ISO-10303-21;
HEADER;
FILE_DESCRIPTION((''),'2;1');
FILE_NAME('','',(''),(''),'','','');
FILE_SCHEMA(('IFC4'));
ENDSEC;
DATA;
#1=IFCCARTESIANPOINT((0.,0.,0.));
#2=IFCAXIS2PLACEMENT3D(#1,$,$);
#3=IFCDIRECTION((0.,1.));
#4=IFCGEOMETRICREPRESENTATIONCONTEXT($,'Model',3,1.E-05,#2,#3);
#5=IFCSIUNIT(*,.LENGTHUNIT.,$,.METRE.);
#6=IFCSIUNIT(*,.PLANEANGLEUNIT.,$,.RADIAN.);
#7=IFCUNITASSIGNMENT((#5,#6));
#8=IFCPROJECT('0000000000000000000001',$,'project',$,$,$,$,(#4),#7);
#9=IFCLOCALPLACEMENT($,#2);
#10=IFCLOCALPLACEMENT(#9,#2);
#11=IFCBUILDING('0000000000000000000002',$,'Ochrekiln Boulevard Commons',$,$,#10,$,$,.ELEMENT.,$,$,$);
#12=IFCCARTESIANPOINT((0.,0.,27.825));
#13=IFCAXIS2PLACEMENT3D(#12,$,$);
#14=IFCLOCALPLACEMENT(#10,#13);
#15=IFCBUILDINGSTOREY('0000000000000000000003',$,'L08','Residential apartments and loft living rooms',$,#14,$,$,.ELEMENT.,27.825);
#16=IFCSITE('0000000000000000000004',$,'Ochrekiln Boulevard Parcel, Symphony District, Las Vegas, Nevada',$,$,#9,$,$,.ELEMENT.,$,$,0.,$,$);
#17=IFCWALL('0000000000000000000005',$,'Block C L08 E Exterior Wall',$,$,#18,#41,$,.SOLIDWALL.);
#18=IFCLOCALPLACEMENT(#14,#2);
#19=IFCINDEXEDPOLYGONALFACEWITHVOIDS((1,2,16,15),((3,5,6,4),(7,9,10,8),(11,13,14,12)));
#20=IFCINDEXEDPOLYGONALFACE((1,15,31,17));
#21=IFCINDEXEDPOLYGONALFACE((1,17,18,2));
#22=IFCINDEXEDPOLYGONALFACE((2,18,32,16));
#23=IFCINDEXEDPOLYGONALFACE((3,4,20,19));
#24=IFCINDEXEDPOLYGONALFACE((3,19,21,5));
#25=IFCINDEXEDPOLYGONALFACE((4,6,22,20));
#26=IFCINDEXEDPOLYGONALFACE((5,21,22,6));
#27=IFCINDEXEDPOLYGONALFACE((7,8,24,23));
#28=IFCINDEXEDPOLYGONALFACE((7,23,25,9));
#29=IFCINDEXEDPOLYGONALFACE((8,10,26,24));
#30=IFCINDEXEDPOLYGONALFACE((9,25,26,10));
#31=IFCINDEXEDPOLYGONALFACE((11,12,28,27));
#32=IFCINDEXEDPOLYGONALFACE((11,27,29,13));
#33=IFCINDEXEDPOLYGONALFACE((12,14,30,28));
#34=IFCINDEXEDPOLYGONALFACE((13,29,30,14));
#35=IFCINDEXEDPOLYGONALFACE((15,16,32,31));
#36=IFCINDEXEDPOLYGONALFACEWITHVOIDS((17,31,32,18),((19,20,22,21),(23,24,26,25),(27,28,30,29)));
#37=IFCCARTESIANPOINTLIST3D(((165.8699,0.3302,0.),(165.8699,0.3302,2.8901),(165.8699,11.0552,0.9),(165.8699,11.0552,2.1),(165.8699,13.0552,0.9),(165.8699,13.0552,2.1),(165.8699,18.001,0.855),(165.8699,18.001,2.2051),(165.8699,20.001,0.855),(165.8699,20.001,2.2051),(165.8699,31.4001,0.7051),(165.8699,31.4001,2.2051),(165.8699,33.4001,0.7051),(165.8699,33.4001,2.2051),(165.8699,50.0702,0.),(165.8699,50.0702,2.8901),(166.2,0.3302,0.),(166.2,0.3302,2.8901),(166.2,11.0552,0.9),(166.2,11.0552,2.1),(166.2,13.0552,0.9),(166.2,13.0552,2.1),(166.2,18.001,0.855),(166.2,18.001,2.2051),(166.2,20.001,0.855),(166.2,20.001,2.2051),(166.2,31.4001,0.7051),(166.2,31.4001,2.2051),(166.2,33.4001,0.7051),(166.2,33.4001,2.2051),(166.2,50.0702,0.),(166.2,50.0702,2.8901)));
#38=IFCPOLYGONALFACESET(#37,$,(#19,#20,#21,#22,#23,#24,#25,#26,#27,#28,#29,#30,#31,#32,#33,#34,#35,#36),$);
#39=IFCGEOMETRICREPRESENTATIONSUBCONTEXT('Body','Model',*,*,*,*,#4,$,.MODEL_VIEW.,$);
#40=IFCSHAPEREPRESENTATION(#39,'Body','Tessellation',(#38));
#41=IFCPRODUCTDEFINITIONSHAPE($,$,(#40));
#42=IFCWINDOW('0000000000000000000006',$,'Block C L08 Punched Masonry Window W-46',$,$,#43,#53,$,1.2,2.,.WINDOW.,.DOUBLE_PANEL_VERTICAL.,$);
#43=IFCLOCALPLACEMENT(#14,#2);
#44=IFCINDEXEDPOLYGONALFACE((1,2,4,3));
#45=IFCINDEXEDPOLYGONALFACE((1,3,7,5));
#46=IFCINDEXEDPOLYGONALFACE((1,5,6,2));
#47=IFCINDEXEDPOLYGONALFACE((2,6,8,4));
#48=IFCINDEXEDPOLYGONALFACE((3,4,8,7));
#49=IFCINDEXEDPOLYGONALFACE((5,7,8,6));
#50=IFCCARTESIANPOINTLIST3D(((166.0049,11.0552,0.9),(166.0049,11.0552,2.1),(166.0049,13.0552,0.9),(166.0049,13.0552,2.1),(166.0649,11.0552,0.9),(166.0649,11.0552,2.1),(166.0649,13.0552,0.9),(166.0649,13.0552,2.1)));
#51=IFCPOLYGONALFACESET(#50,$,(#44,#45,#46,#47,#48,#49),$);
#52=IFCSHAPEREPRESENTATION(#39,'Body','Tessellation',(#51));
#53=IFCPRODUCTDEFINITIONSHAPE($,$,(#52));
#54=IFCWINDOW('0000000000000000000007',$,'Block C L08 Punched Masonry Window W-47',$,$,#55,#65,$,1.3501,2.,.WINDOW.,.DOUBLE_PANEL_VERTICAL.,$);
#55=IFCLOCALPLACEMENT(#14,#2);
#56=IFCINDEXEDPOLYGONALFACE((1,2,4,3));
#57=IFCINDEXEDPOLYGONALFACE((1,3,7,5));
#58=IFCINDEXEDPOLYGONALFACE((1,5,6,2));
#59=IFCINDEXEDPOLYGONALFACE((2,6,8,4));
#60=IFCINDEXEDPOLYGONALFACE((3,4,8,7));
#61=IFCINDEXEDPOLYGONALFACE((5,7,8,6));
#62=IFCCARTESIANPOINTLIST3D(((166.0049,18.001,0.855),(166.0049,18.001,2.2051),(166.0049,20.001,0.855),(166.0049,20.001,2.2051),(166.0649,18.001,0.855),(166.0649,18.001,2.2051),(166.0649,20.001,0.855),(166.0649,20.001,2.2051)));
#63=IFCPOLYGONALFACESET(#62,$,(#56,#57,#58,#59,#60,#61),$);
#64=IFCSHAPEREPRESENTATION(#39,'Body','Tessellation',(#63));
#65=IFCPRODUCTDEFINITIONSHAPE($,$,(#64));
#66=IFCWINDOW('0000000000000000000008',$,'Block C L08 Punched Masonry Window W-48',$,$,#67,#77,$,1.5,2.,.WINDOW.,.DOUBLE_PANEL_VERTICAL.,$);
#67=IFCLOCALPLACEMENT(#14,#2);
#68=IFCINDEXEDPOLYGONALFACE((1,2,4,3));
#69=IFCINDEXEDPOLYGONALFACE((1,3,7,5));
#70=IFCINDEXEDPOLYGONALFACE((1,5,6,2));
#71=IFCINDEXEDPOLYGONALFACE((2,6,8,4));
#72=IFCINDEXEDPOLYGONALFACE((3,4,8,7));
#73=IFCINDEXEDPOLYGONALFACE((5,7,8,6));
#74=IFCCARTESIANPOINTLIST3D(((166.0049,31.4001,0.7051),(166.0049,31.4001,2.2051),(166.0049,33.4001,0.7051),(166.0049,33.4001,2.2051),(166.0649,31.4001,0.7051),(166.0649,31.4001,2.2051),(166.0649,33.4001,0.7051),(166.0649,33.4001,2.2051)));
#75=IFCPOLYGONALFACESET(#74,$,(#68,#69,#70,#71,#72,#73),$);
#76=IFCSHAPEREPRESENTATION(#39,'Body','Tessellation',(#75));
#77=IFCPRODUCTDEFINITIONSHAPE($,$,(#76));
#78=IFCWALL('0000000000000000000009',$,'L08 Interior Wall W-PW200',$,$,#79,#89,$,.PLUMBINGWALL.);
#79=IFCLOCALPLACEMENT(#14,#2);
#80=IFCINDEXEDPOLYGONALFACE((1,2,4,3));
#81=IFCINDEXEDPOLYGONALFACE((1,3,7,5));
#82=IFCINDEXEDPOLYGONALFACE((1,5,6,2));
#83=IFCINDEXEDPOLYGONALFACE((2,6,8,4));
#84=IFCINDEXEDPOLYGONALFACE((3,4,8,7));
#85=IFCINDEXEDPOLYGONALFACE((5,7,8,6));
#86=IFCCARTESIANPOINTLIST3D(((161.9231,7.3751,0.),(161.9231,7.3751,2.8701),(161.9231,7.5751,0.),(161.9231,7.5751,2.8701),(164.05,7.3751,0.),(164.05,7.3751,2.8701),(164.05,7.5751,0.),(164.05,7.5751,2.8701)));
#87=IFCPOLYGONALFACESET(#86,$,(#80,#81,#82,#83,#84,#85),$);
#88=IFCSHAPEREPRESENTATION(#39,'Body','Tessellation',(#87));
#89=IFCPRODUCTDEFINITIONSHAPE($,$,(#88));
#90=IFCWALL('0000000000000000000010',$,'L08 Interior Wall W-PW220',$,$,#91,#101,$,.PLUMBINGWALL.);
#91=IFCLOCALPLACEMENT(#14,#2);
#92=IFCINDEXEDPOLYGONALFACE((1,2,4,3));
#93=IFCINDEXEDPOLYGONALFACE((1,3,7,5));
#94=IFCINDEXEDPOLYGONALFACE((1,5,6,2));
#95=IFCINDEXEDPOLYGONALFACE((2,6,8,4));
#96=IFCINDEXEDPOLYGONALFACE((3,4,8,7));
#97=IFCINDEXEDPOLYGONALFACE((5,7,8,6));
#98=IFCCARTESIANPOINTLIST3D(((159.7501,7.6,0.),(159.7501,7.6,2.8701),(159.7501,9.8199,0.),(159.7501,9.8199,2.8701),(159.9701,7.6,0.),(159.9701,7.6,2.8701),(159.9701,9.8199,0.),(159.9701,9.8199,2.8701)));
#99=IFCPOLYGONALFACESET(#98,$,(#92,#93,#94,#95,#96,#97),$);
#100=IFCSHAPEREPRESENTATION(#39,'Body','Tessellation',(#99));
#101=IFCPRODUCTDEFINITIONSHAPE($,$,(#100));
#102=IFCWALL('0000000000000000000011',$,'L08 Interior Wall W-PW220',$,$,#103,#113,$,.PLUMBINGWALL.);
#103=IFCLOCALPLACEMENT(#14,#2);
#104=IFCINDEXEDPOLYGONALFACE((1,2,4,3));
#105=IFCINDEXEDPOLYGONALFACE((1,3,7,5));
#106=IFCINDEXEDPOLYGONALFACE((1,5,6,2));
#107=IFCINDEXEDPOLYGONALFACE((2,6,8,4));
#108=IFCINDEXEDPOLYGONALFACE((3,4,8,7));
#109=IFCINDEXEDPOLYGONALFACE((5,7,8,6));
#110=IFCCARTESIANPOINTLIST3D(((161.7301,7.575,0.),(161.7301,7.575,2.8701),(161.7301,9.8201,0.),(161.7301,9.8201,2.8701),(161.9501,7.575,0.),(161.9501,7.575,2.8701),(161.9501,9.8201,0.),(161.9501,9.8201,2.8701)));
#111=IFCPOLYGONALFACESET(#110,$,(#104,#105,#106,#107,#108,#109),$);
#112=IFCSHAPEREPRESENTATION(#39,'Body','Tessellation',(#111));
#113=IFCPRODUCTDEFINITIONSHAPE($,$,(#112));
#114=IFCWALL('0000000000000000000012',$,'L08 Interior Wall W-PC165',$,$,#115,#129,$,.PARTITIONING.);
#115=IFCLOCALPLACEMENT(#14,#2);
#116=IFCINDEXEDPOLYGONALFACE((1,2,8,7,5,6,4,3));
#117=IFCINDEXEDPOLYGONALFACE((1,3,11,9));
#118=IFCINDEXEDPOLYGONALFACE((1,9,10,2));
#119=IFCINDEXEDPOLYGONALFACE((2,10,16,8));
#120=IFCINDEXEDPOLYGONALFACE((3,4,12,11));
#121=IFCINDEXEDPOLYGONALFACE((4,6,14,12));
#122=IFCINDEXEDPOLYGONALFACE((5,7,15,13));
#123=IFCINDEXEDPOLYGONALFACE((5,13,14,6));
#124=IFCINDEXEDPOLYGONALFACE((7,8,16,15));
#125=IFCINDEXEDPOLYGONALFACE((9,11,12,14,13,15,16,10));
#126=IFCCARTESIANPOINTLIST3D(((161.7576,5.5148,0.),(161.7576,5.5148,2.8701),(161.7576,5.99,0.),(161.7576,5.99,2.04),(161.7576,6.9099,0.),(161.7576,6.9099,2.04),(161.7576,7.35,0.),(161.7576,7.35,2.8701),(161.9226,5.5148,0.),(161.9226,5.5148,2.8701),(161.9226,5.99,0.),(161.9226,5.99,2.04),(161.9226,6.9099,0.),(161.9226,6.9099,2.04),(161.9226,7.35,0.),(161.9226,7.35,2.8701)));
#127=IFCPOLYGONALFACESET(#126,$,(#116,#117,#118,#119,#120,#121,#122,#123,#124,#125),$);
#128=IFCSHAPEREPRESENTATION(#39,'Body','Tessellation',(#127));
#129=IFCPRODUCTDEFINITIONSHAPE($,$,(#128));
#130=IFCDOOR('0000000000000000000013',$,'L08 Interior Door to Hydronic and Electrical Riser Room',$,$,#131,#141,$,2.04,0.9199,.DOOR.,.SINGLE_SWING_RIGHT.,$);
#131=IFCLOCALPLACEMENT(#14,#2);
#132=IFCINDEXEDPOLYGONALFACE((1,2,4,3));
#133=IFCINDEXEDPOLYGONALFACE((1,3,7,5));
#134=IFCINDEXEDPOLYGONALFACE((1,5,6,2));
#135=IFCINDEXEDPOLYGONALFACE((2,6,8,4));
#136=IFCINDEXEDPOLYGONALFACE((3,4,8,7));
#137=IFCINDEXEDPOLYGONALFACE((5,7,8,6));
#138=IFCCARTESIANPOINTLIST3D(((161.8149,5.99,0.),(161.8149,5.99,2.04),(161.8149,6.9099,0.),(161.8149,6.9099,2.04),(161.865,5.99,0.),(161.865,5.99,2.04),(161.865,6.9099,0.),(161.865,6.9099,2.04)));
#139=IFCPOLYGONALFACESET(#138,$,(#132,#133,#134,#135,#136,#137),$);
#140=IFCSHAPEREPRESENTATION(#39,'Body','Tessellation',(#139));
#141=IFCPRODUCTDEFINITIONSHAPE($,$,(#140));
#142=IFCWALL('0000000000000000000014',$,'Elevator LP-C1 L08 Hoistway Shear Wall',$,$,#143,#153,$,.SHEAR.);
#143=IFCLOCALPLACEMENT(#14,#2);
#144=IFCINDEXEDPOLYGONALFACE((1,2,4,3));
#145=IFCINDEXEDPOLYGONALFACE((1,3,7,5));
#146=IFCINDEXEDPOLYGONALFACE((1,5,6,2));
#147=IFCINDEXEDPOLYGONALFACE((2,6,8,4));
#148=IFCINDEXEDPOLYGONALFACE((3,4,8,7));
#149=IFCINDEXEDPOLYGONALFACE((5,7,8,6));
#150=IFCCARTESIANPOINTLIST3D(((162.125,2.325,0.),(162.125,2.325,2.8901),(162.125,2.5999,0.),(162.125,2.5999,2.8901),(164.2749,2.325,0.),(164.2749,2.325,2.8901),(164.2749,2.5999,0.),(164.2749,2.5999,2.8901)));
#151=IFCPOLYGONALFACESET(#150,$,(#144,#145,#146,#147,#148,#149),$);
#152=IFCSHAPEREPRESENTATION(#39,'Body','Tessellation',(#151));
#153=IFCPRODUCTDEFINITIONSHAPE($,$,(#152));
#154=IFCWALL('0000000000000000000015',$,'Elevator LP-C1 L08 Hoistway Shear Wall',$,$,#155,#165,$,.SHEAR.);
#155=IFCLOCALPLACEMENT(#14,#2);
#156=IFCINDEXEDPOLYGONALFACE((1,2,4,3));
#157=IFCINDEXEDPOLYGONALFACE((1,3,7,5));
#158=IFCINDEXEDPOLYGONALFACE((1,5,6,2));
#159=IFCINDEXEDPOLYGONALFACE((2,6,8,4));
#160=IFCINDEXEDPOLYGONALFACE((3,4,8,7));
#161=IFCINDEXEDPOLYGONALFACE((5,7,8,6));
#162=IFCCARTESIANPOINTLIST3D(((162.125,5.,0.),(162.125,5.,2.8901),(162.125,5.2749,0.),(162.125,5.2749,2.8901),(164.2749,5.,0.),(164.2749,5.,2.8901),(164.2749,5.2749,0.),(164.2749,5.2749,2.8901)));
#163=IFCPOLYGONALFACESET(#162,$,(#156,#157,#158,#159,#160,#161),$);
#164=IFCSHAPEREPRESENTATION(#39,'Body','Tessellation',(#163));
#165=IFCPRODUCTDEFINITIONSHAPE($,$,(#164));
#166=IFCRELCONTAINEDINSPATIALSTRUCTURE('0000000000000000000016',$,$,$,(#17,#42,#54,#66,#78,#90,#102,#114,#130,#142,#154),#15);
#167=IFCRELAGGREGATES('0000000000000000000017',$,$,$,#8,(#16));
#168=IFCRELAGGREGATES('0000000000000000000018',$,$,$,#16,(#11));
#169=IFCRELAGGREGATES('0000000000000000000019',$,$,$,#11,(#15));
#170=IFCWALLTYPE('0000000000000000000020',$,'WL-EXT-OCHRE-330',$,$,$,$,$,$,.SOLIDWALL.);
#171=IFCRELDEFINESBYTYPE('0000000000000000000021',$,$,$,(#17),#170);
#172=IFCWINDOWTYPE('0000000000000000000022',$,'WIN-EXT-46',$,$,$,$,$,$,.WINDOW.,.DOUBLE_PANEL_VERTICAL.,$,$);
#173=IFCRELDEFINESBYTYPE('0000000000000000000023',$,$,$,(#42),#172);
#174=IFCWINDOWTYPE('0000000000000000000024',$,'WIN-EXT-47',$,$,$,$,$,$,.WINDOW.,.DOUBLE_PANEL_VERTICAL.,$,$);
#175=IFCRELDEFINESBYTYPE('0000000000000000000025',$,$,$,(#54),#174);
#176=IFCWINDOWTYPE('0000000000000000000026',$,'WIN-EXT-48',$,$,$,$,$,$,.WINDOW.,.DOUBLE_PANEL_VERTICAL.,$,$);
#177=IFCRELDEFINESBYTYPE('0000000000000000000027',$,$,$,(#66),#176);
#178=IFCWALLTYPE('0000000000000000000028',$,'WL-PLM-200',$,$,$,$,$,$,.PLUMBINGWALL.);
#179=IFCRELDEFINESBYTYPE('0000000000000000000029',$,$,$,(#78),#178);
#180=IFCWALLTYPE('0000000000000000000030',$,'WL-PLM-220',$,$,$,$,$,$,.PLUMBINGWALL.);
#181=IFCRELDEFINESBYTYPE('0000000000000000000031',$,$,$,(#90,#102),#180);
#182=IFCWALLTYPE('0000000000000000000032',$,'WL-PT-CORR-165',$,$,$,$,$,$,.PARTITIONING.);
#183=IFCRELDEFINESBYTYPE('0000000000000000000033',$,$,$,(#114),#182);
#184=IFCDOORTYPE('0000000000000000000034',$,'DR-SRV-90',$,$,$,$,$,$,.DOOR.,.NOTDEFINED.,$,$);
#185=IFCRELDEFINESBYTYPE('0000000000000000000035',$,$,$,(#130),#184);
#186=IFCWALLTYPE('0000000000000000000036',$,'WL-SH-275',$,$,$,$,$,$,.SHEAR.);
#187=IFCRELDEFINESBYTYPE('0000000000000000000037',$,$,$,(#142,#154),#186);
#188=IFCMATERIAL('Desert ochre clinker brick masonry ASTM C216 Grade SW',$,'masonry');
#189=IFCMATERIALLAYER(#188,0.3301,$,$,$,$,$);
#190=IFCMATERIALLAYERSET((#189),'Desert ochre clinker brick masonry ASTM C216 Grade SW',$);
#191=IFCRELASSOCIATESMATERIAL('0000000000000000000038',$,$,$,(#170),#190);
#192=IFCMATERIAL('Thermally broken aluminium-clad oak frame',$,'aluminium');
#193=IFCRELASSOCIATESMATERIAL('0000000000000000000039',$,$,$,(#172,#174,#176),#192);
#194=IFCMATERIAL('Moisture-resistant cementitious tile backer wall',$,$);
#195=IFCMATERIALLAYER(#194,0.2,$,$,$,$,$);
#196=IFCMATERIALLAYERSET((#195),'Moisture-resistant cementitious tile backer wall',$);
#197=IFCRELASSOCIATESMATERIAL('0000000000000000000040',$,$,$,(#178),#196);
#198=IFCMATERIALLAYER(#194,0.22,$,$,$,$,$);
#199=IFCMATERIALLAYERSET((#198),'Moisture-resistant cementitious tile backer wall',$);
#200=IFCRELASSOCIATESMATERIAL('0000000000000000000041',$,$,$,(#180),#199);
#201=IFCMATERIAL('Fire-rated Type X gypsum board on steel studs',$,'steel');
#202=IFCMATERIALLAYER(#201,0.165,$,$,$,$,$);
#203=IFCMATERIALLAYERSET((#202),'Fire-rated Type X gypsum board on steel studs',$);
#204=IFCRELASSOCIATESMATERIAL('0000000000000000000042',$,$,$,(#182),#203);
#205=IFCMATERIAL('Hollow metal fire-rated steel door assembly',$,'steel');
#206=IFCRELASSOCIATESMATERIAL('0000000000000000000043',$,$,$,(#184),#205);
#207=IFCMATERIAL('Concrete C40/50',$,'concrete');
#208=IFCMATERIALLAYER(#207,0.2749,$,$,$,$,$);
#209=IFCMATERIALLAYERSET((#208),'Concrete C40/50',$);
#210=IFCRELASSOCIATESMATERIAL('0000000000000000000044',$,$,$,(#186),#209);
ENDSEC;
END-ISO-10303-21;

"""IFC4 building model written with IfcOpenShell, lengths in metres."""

from ifc_helpers import new_model, si_unit, direction, frame, frame_2d, origin, place, context, subcontext, project, spatial, rectangle, extrude, material, layer, layer_set, type_object, element, fill, save


model = new_model("IFC4")

# Units and contexts
model_context = context("Model", 3, precision=1e-05, world=origin(), true_north=direction((0.0, 1.0)))
body_context = subcontext(model_context, "Body", "Model", "MODEL_VIEW")
ifc_project = project(units=[si_unit("LENGTHUNIT", "METRE"), si_unit("PLANEANGLEUNIT", "RADIAN")], contexts=[model_context])

# Site, building, storey
site_placement = place(None, origin())
site = spatial("IfcSite", under=ifc_project, at=site_placement, Name="Ochrekiln Boulevard Parcel, Symphony District, Las Vegas, Nevada", CompositionType="ELEMENT", RefElevation=0.0)
building_placement = place(site_placement, origin())
building = spatial("IfcBuilding", under=site, at=building_placement, Name="Ochrekiln Boulevard Commons", CompositionType="ELEMENT")
storey_placement = place(building_placement, frame((0.0, 0.0, 27.825)))
storey = spatial("IfcBuildingStorey", under=building, at=storey_placement, Name="L08", Description="Residential apartments and loft living rooms", CompositionType="ELEMENT", Elevation=27.825)

# Shared definitions
ifc_material_1 = material(Name="Concrete C40/50", Category="concrete")

# Wall, openings, windows
ifc_material_2 = material(Name="Desert ochre clinker brick masonry ASTM C216 Grade SW", Category="masonry")
ifc_layer_1 = layer(ifc_material_2, 0.3301)
ifc_layer_set_1 = layer_set([ifc_layer_1], Name="Desert ochre clinker brick masonry ASTM C216 Grade SW")
wall_type_1 = type_object("IfcWallType", Name="WL-EXT-OCHRE-330", PredefinedType="SOLIDWALL", material=ifc_layer_set_1)
wall_1_placement = place(storey_placement, frame((166.0349, 0.3301, 0.0), z_axis=(0.0, 0.0, 1.0), x_axis=(0.0, 1.0, 0.0)))
wall_1 = element("IfcWall", 1, at=wall_1_placement, inside=storey, type_object=wall_type_1, Name="Block C L08 E Exterior Wall", PredefinedType="SOLIDWALL", context=body_context, shape_type="SweptSolid", body=[
    extrude(rectangle(XDim=49.74, YDim=0.3301, at=frame_2d((24.8701, 0.0))), origin(), (0.0, 0.0, 1.0), 2.8901),
])
opening_1_placement = place(wall_1_placement, frame((10.7251, 0.0, 0.8999)))
opening_1 = element("IfcOpeningElement", 2, at=opening_1_placement, cuts=wall_1, PredefinedType="OPENING", context=body_context, shape_type="SweptSolid", body=[
    extrude(rectangle(XDim=2.0, YDim=1.2, at=frame_2d((1.0, 0.6001))), frame((0.0, 0.175, 0.0), z_axis=(0.0, -1.0, 0.0), x_axis=(1.0, 0.0, 0.0)), (0.0, 0.0, 1.0), 0.3501),
])
opening_2_placement = place(wall_1_placement, frame((17.6709, 0.0, 0.855)))
opening_2 = element("IfcOpeningElement", 3, at=opening_2_placement, cuts=wall_1, PredefinedType="OPENING", context=body_context, shape_type="SweptSolid", body=[
    extrude(rectangle(XDim=2.0, YDim=1.3501, at=frame_2d((1.0, 0.675))), frame((0.0, 0.175, 0.0), z_axis=(0.0, -1.0, 0.0), x_axis=(1.0, 0.0, 0.0)), (0.0, 0.0, 1.0), 0.3501),
])
opening_3_placement = place(wall_1_placement, frame((31.0701, 0.0, 0.7051)))
opening_3 = element("IfcOpeningElement", 4, at=opening_3_placement, cuts=wall_1, PredefinedType="OPENING", context=body_context, shape_type="SweptSolid", body=[
    extrude(rectangle(XDim=2.0, YDim=1.5, at=frame_2d((1.0, 0.75))), frame((0.0, 0.175, 0.0), z_axis=(0.0, -1.0, 0.0), x_axis=(1.0, 0.0, 0.0)), (0.0, 0.0, 1.0), 0.3501),
])
ifc_material_3 = material(Name="Thermally broken aluminium-clad oak frame", Category="aluminium")
window_type_1 = type_object("IfcWindowType", Name="WIN-EXT-46", PartitioningType="DOUBLE_PANEL_VERTICAL", PredefinedType="WINDOW", material=ifc_material_3)
window_1_placement = place(opening_1_placement, origin())
window_1 = element("IfcWindow", 5, at=window_1_placement, inside=storey, type_object=window_type_1, Name="Block C L08 Punched Masonry Window W-46", OverallHeight=1.2, OverallWidth=2.0, PartitioningType="DOUBLE_PANEL_VERTICAL", PredefinedType="WINDOW", context=body_context, shape_type="SweptSolid", body=[
    extrude(rectangle(XDim=2.0, YDim=1.2, at=frame_2d((1.0, 0.6001))), frame((0.0, 0.03, 0.0), z_axis=(0.0, -1.0, 0.0), x_axis=(1.0, 0.0, 0.0)), (0.0, 0.0, 1.0), 0.0601),
])
fill(opening_1, window_1)
window_type_2 = type_object("IfcWindowType", Name="WIN-EXT-47", PartitioningType="DOUBLE_PANEL_VERTICAL", PredefinedType="WINDOW", material=ifc_material_3)
window_2_placement = place(opening_2_placement, origin())
window_2 = element("IfcWindow", 6, at=window_2_placement, inside=storey, type_object=window_type_2, Name="Block C L08 Punched Masonry Window W-47", OverallHeight=1.3501, OverallWidth=2.0, PartitioningType="DOUBLE_PANEL_VERTICAL", PredefinedType="WINDOW", context=body_context, shape_type="SweptSolid", body=[
    extrude(rectangle(XDim=2.0, YDim=1.3501, at=frame_2d((1.0, 0.675))), frame((0.0, 0.03, 0.0), z_axis=(0.0, -1.0, 0.0), x_axis=(1.0, 0.0, 0.0)), (0.0, 0.0, 1.0), 0.0601),
])
fill(opening_2, window_2)
window_type_3 = type_object("IfcWindowType", Name="WIN-EXT-48", PartitioningType="DOUBLE_PANEL_VERTICAL", PredefinedType="WINDOW", material=ifc_material_3)
window_3_placement = place(opening_3_placement, origin())
window_3 = element("IfcWindow", 7, at=window_3_placement, inside=storey, type_object=window_type_3, Name="Block C L08 Punched Masonry Window W-48", OverallHeight=1.5, OverallWidth=2.0, PartitioningType="DOUBLE_PANEL_VERTICAL", PredefinedType="WINDOW", context=body_context, shape_type="SweptSolid", body=[
    extrude(rectangle(XDim=2.0, YDim=1.5, at=frame_2d((1.0, 0.75))), frame((0.0, 0.03, 0.0), z_axis=(0.0, -1.0, 0.0), x_axis=(1.0, 0.0, 0.0)), (0.0, 0.0, 1.0), 0.0601),
])
fill(opening_3, window_3)

# Walls
ifc_material_4 = material(Name="Moisture-resistant cementitious tile backer wall")
ifc_layer_2 = layer(ifc_material_4, 0.2)
ifc_layer_set_2 = layer_set([ifc_layer_2], Name="Moisture-resistant cementitious tile backer wall")
wall_type_2 = type_object("IfcWallType", Name="WL-PLM-200", PredefinedType="PLUMBINGWALL", material=ifc_layer_set_2)
wall_2_placement = place(storey_placement, frame((161.9231, 7.4751, 0.0), z_axis=(0.0, 0.0, 1.0), x_axis=(1.0, 0.0, 0.0)))
element("IfcWall", 8, at=wall_2_placement, inside=storey, type_object=wall_type_2, Name="L08 Interior Wall W-PW200", PredefinedType="PLUMBINGWALL", context=body_context, shape_type="SweptSolid", body=[
    extrude(rectangle(XDim=2.127, YDim=0.2, at=frame_2d((1.0635, 0.0))), origin(), (0.0, 0.0, 1.0), 2.8701),
])
ifc_layer_3 = layer(ifc_material_4, 0.22)
ifc_layer_set_3 = layer_set([ifc_layer_3], Name="Moisture-resistant cementitious tile backer wall")
wall_type_3 = type_object("IfcWallType", Name="WL-PLM-220", PredefinedType="PLUMBINGWALL", material=ifc_layer_set_3)
wall_3_placement = place(storey_placement, frame((159.8601, 7.6001, 0.0), z_axis=(0.0, 0.0, 1.0), x_axis=(0.0, 1.0, 0.0)))
element("IfcWall", 9, at=wall_3_placement, inside=storey, type_object=wall_type_3, Name="L08 Interior Wall W-PW220", PredefinedType="PLUMBINGWALL", context=body_context, shape_type="SweptSolid", body=[
    extrude(rectangle(XDim=2.22, YDim=0.22, at=frame_2d((1.1099, 0.0))), origin(), (0.0, 0.0, 1.0), 2.8701),
])
wall_4_placement = place(storey_placement, frame((161.8401, 7.575, 0.0), z_axis=(0.0, 0.0, 1.0), x_axis=(0.0, 1.0, 0.0)))
element("IfcWall", 10, at=wall_4_placement, inside=storey, type_object=wall_type_3, Name="L08 Interior Wall W-PW220", PredefinedType="PLUMBINGWALL", context=body_context, shape_type="SweptSolid", body=[
    extrude(rectangle(XDim=2.2451, YDim=0.22, at=frame_2d((1.1226, 0.0))), origin(), (0.0, 0.0, 1.0), 2.8701),
])

# Wall, opening, door
ifc_material_5 = material(Name="Fire-rated Type X gypsum board on steel studs", Category="steel")
ifc_layer_4 = layer(ifc_material_5, 0.165)
ifc_layer_set_4 = layer_set([ifc_layer_4], Name="Fire-rated Type X gypsum board on steel studs")
wall_type_4 = type_object("IfcWallType", Name="WL-PT-CORR-165", PredefinedType="PARTITIONING", material=ifc_layer_set_4)
wall_5_placement = place(storey_placement, frame((161.8401, 5.5149, 0.0), z_axis=(0.0, 0.0, 1.0), x_axis=(0.0, 1.0, 0.0)))
wall_5 = element("IfcWall", 11, at=wall_5_placement, inside=storey, type_object=wall_type_4, Name="L08 Interior Wall W-PC165", PredefinedType="PARTITIONING", context=body_context, shape_type="SweptSolid", body=[
    extrude(rectangle(XDim=1.8352, YDim=0.165, at=frame_2d((0.9175, 0.0))), origin(), (0.0, 0.0, 1.0), 2.8701),
])
opening_4_placement = place(wall_5_placement, frame((0.4751, 0.0, 0.0)))
opening_4 = element("IfcOpeningElement", 12, at=opening_4_placement, cuts=wall_5, PredefinedType="OPENING", context=body_context, shape_type="SweptSolid", body=[
    extrude(rectangle(XDim=0.9199, YDim=2.04, at=frame_2d((0.46, 1.02))), frame((0.0, 0.0925, 0.0), z_axis=(0.0, -1.0, 0.0), x_axis=(1.0, 0.0, 0.0)), (0.0, 0.0, 1.0), 0.1851),
])
ifc_material_6 = material(Name="Hollow metal fire-rated steel door assembly", Category="steel")
door_type_1 = type_object("IfcDoorType", Name="DR-SRV-90", OperationType="NOTDEFINED", PredefinedType="DOOR", material=ifc_material_6)
door_1_placement = place(opening_4_placement, frame((0.9199, 0.0, 0.0), z_axis=(0.0, 0.0, 1.0), x_axis=(-1.0, 0.0, 0.0)))
door_1 = element("IfcDoor", 13, at=door_1_placement, inside=storey, type_object=door_type_1, Name="L08 Interior Door to Hydronic and Electrical Riser Room", OperationType="SINGLE_SWING_RIGHT", OverallHeight=2.04, OverallWidth=0.9199, PredefinedType="DOOR", context=body_context, shape_type="SweptSolid", body=[
    extrude(rectangle(XDim=0.9199, YDim=2.04, at=frame_2d((0.46, 1.02))), frame((0.0, 0.0249, 0.0), z_axis=(0.0, -1.0, 0.0), x_axis=(1.0, 0.0, 0.0)), (0.0, 0.0, 1.0), 0.05),
])
fill(opening_4, door_1)

# Walls
ifc_layer_5 = layer(ifc_material_1, 0.2749)
ifc_layer_set_5 = layer_set([ifc_layer_5], Name="Concrete C40/50")
wall_type_5 = type_object("IfcWallType", Name="WL-SH-275", PredefinedType="SHEAR", material=ifc_layer_set_5)
for number, where, z_axis, x_axis, name in (
    (14, (162.125, 2.4624, 0.0), (0.0, 0.0, 1.0), (1.0, 0.0, 0.0), "Elevator LP-C1 L08 Hoistway Shear Wall"),
    (15, (162.125, 5.1375, 0.0), (0.0, 0.0, 1.0), (1.0, 0.0, 0.0), "Elevator LP-C1 L08 Hoistway Shear Wall"),
):
    element("IfcWall", number, at=place(storey_placement, frame(where, z_axis=z_axis, x_axis=x_axis)), inside=storey, type_object=wall_type_5, Name=name, PredefinedType="SHEAR", context=body_context, shape_type="SweptSolid", body=[
        extrude(rectangle(XDim=2.1499, YDim=0.2749, at=frame_2d((1.075, 0.0))), origin(), (0.0, 0.0, 1.0), 2.8901),
    ])

save(model, "model.ifc")
